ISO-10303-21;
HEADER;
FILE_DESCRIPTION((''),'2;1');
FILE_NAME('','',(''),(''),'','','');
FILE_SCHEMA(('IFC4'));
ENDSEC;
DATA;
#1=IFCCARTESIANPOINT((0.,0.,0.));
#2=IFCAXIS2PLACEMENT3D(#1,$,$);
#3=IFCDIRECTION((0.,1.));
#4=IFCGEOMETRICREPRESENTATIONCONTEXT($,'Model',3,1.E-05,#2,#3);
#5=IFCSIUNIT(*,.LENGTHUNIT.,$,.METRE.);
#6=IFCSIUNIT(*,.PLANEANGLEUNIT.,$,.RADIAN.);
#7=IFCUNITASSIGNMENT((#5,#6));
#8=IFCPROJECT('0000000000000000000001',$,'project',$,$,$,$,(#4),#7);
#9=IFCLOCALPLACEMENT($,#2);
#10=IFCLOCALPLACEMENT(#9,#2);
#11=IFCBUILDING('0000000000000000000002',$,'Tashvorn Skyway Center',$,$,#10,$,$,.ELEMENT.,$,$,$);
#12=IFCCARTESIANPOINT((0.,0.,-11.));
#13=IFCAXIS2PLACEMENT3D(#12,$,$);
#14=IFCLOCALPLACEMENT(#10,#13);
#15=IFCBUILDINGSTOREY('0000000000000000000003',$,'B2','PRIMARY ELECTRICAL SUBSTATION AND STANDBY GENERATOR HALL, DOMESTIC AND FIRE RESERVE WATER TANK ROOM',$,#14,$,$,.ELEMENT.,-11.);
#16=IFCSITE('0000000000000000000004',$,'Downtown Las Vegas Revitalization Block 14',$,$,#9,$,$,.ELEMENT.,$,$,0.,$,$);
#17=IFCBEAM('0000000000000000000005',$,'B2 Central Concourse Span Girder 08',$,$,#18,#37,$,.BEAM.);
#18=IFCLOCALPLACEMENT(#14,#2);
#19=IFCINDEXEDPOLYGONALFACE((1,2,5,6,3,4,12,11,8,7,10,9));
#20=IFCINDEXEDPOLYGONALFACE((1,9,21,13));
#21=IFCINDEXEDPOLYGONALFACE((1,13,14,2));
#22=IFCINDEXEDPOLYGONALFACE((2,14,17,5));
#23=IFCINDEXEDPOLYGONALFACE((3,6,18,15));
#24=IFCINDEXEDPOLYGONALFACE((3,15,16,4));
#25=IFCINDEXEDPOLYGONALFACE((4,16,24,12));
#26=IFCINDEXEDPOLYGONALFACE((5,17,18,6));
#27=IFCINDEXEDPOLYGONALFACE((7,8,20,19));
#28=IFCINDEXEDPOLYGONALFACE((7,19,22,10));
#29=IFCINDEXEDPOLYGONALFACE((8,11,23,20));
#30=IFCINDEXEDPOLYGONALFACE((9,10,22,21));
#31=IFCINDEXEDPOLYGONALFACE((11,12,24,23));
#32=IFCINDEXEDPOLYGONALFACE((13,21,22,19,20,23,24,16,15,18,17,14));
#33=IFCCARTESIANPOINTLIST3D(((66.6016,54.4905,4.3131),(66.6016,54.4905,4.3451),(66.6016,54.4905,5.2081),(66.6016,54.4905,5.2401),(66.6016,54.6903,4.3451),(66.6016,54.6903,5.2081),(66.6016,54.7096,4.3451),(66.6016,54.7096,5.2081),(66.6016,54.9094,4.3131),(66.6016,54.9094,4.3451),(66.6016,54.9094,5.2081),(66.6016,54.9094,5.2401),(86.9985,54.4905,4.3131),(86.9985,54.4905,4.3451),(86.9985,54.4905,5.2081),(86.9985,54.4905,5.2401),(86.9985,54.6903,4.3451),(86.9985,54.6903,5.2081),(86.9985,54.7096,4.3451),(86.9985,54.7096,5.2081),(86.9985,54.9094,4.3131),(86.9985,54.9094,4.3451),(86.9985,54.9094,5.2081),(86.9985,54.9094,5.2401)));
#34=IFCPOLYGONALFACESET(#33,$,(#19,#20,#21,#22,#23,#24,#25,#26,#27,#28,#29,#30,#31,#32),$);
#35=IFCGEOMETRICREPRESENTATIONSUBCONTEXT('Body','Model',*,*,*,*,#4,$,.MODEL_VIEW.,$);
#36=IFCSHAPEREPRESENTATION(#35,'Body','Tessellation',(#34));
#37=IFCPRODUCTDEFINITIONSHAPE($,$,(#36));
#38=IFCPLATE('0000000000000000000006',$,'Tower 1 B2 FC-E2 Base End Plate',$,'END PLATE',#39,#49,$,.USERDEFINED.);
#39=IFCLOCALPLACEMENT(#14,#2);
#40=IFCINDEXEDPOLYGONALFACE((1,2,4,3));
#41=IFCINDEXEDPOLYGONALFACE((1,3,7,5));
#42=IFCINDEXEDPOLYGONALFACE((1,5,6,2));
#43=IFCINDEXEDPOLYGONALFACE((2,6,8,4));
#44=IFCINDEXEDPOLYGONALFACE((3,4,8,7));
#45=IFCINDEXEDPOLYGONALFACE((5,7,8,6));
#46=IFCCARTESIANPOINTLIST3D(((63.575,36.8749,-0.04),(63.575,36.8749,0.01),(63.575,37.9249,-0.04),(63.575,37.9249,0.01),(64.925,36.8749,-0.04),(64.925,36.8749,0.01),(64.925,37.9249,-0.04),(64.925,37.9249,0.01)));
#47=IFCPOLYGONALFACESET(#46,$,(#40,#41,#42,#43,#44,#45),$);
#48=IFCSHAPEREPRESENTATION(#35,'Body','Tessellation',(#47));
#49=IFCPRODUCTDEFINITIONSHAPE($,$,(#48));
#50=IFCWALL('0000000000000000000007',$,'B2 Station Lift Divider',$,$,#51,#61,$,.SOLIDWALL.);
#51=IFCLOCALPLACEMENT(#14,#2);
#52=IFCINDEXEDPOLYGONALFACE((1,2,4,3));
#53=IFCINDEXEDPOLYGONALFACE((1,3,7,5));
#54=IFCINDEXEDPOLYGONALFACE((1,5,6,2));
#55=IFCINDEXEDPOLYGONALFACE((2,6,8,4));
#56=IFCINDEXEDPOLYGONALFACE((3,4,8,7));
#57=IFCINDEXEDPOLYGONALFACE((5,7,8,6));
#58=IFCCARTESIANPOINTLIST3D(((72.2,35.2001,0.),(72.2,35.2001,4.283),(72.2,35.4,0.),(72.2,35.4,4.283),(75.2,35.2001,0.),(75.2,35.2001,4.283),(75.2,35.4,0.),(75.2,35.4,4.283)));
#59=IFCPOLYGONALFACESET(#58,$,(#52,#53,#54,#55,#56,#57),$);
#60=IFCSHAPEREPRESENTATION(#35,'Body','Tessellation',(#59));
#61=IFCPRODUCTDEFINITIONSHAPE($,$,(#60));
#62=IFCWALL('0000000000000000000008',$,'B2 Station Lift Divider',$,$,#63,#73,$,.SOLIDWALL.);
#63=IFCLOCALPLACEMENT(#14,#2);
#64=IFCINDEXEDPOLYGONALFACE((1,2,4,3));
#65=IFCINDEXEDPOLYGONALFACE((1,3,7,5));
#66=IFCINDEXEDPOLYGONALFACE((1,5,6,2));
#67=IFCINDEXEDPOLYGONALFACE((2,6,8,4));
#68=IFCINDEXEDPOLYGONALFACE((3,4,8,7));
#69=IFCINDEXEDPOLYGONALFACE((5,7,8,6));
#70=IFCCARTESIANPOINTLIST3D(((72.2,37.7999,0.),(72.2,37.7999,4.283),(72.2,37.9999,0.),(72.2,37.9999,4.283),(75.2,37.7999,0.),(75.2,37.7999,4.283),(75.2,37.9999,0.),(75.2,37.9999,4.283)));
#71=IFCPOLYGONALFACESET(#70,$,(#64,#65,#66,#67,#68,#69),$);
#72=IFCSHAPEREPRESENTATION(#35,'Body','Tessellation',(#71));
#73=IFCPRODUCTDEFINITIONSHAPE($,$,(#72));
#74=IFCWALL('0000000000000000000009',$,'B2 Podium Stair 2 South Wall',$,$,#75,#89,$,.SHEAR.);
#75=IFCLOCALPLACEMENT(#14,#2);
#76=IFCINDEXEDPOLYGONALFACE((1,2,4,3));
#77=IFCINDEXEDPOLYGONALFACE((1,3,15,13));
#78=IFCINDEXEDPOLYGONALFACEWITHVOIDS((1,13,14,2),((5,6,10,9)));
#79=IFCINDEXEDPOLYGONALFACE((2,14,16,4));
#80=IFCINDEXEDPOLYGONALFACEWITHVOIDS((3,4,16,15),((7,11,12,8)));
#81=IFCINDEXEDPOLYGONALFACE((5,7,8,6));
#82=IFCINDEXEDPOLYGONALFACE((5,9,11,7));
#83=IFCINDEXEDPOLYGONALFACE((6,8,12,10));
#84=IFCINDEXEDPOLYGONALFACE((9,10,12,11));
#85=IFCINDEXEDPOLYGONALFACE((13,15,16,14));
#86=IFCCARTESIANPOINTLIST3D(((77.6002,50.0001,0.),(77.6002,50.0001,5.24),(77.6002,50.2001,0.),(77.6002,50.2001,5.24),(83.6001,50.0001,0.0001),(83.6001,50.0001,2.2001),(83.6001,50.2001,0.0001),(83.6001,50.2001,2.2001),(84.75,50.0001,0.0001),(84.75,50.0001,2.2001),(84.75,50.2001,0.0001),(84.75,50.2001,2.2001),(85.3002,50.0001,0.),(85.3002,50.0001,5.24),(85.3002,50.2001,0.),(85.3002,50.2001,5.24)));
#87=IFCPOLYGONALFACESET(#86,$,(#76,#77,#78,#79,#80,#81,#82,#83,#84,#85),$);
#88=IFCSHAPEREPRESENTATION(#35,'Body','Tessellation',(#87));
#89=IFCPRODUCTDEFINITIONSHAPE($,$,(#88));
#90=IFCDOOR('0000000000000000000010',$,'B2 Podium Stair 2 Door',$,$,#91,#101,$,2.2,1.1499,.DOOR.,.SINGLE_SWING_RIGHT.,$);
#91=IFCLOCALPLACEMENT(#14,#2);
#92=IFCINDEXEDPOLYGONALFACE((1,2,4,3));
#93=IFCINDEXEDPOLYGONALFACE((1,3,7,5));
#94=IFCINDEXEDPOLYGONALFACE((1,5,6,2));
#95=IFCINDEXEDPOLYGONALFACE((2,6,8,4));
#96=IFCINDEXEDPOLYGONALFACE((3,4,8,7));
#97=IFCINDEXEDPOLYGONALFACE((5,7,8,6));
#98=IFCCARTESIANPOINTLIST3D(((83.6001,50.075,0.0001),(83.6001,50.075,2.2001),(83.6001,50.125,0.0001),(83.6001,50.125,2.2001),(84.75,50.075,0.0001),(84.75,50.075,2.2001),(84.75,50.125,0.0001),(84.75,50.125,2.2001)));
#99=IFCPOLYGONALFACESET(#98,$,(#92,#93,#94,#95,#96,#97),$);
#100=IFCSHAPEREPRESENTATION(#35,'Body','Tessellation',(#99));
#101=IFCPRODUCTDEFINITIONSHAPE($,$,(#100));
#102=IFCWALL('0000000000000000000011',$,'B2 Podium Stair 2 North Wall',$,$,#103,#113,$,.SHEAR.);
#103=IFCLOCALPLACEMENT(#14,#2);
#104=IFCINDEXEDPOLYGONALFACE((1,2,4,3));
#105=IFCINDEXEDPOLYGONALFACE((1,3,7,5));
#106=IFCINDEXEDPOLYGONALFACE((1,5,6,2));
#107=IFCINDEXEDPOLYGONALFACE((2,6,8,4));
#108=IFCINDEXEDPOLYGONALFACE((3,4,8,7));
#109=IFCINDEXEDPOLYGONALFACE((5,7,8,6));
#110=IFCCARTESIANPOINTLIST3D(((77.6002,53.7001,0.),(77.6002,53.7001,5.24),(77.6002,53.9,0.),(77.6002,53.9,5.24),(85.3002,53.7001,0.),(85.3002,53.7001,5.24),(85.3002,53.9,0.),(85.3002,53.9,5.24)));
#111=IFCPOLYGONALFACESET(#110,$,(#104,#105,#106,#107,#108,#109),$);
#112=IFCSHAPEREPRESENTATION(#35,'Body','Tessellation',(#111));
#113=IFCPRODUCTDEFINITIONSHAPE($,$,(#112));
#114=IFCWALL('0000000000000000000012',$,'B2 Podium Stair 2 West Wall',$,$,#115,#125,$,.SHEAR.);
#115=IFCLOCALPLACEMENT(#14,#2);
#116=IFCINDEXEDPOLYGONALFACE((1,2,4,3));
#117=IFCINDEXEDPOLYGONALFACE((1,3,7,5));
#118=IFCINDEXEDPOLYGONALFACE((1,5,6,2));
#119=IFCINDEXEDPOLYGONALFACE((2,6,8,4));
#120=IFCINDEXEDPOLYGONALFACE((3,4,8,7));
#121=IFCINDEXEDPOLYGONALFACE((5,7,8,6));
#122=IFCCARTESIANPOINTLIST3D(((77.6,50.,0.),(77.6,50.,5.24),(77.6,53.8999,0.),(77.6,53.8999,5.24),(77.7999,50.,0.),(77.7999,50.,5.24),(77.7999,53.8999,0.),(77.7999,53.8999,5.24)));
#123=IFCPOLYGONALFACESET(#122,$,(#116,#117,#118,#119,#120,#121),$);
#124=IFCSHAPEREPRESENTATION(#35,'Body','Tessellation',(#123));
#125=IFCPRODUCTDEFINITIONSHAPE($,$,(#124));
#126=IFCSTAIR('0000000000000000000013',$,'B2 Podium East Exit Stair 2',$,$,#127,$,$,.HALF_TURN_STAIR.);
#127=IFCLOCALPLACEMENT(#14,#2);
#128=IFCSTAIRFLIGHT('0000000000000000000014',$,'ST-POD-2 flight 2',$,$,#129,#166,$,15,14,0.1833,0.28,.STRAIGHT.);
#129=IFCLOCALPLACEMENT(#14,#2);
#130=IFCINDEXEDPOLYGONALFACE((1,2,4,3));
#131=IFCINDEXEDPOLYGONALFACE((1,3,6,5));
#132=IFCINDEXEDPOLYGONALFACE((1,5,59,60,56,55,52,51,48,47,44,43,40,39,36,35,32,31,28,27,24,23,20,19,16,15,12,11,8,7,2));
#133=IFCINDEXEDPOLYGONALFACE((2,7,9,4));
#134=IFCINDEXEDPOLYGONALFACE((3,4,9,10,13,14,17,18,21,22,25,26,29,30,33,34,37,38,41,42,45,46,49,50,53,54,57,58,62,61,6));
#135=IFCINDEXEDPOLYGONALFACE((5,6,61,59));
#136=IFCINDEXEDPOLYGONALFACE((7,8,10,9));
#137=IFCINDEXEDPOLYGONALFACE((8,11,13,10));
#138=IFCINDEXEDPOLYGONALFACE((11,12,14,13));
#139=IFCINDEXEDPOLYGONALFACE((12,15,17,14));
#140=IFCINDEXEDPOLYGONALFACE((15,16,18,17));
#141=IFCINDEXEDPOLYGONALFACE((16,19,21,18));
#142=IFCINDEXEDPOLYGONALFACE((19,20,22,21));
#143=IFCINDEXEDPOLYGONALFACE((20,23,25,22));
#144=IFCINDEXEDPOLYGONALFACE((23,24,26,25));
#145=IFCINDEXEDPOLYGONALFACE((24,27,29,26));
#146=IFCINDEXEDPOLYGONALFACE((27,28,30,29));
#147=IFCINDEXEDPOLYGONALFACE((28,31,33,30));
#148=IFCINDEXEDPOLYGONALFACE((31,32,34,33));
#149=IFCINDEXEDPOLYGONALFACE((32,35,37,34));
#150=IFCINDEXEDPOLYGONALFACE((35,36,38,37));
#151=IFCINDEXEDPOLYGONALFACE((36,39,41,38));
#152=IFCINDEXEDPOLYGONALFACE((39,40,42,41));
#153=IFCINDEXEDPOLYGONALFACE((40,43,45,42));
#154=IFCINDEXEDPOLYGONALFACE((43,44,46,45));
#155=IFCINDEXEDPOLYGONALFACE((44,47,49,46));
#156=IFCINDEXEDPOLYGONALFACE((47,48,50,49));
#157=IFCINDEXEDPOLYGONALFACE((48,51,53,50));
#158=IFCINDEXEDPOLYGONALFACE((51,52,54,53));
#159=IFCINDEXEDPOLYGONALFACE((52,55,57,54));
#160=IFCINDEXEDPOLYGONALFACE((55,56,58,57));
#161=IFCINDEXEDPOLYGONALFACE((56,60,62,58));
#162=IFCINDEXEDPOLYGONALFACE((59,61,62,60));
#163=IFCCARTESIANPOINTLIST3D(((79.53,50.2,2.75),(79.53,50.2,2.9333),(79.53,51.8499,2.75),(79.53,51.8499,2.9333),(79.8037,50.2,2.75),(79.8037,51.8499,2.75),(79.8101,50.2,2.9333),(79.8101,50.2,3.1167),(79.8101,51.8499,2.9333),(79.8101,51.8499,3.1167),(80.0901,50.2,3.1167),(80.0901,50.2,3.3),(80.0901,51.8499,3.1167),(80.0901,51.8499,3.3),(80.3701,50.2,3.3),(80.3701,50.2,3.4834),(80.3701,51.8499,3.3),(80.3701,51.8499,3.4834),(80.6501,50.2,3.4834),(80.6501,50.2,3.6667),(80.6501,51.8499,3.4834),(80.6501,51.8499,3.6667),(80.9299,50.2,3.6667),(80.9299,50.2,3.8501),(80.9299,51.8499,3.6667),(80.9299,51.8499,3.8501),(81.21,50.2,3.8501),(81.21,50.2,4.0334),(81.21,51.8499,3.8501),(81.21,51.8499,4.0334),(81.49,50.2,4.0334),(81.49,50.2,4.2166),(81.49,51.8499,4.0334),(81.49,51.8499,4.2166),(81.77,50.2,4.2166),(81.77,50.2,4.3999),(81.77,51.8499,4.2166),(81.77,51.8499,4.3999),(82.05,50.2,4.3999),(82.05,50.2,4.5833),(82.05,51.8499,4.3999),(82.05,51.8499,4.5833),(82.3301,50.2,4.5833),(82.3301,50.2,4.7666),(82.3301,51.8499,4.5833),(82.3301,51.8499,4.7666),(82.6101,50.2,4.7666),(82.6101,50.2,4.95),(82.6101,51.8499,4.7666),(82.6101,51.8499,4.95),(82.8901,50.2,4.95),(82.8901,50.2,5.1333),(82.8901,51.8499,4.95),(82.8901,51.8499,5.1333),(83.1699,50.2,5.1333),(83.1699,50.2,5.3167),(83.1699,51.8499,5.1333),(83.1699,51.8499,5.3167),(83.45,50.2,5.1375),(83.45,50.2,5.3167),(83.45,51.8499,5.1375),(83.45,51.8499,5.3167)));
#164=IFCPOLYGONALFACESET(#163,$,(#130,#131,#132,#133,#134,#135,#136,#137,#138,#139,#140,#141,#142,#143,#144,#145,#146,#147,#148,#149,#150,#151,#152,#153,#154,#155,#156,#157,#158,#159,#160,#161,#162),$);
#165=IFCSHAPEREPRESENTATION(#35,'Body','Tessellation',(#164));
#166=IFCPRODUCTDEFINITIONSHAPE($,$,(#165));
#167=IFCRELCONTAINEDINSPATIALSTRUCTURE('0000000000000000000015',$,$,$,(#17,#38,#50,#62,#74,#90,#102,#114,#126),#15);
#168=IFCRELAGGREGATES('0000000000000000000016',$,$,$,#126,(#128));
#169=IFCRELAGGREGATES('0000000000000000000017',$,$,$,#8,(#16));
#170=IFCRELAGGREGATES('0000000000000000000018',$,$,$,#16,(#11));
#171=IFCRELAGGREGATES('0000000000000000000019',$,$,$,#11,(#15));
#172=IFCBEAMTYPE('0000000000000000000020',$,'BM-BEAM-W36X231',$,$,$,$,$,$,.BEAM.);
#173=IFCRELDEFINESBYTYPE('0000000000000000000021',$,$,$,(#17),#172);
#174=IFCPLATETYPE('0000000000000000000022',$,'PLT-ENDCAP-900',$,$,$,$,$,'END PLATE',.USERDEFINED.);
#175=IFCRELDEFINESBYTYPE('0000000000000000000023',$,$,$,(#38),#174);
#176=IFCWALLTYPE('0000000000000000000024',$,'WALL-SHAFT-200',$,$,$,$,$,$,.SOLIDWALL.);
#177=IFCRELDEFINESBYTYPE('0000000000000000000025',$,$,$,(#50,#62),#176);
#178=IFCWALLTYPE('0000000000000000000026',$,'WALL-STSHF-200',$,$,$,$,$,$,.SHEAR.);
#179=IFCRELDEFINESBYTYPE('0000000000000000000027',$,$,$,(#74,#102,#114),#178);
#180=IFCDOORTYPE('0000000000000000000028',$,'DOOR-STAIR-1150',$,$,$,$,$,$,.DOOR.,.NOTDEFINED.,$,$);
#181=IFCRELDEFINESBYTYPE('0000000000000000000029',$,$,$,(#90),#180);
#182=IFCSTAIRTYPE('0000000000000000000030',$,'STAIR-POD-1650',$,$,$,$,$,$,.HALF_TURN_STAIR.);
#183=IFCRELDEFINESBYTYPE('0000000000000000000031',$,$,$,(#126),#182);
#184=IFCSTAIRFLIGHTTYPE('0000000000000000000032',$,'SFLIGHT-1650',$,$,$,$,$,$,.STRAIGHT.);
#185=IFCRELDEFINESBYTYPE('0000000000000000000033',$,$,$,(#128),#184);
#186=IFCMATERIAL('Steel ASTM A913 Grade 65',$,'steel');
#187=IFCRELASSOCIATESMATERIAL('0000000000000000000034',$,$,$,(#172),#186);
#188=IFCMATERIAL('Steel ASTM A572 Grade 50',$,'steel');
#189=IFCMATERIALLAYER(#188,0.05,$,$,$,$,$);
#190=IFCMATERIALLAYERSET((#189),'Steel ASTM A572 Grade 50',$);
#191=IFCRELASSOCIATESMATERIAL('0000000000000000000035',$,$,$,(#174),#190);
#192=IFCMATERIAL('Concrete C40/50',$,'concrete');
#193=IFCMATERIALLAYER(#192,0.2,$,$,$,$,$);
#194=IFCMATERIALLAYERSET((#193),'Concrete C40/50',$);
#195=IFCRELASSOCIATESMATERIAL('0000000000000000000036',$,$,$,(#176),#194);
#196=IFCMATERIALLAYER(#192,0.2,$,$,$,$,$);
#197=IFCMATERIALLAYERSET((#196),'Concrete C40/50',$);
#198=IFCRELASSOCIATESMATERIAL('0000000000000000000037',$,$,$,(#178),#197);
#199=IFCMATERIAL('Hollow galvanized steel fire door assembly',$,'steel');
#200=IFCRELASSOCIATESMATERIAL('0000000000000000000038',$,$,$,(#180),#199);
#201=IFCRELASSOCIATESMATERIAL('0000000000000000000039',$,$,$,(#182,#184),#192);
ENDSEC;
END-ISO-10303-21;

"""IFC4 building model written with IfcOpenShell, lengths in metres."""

from ifc_helpers import new_model, si_unit, direction, frame, frame_2d, origin, origin_2d, place, context, subcontext, project, spatial, polyline, rectangle, i_section, outline, extrude, material, layer, layer_set, material_profile, profile_set, type_object, element, fill, aggregate, save


model = new_model("IFC4")

# Units and contexts
model_context = context("Model", 3, precision=1e-05, world=origin(), true_north=direction((0.0, 1.0)))
body_context = subcontext(model_context, "Body", "Model", "MODEL_VIEW")
ifc_project = project(units=[si_unit("LENGTHUNIT", "METRE"), si_unit("PLANEANGLEUNIT", "RADIAN")], contexts=[model_context])

# Site, building, storey
site_placement = place(None, origin())
site = spatial("IfcSite", under=ifc_project, at=site_placement, Name="Downtown Las Vegas Revitalization Block 14", CompositionType="ELEMENT", RefElevation=0.0)
building_placement = place(site_placement, origin())
building = spatial("IfcBuilding", under=site, at=building_placement, Name="Tashvorn Skyway Center", CompositionType="ELEMENT")
storey_placement = place(building_placement, frame((0.0, 0.0, -11.0)))
storey = spatial("IfcBuildingStorey", under=building, at=storey_placement, Name="B2", Description="PRIMARY ELECTRICAL SUBSTATION AND STANDBY GENERATOR HALL, DOMESTIC AND FIRE RESERVE WATER TANK ROOM", CompositionType="ELEMENT", Elevation=-11.0)

# Shared definitions
ifc_material_1 = material(Name="Steel ASTM A572 Grade 50", Category="steel")

# Beam
ifc_material_2 = material(Name="Steel ASTM A913 Grade 65", Category="steel")
ifc_material_profile_1 = material_profile(ifc_material_2, i_section(OverallWidth=0.4189, OverallDepth=0.927, WebThickness=0.0193, FlangeThickness=0.032, at=origin_2d()), Name="W36X231")
ifc_profile_set_1 = profile_set([ifc_material_profile_1], Name="Steel ASTM A913 Grade 65")
beam_type_1 = type_object("IfcBeamType", Name="BM-BEAM-W36X231", PredefinedType="BEAM", material=ifc_profile_set_1)
for number, where, z_axis, x_axis, name in (
    (1, (66.6016, 54.7, 4.7766), (1.0, 0.0, 0.0), (0.0, 1.0, 0.0), "B2 Central Concourse Span Girder 08"),
):
    element("IfcBeam", number, at=place(storey_placement, frame(where, z_axis=z_axis, x_axis=x_axis)), inside=storey, type_object=beam_type_1, Name=name, PredefinedType="BEAM", context=body_context, shape_type="SweptSolid", body=[
        extrude(i_section(OverallWidth=0.4189, OverallDepth=0.927, WebThickness=0.0193, FlangeThickness=0.032, at=origin_2d()), origin(), (0.0, 0.0, 1.0), 20.397),
    ])

# Plate
ifc_layer_1 = layer(ifc_material_1, 0.05)
ifc_layer_set_1 = layer_set([ifc_layer_1], Name="Steel ASTM A572 Grade 50")
plate_type = type_object("IfcPlateType", Name="PLT-ENDCAP-900", ElementType="END PLATE", PredefinedType="USERDEFINED", material=ifc_layer_set_1)
plate_placement = place(storey_placement, frame((64.25, 37.3999, -0.04), z_axis=(0.0, 0.0, 1.0), x_axis=(1.0, 0.0, 0.0)))
element("IfcPlate", 2, at=plate_placement, inside=storey, type_object=plate_type, Name="Tower 1 B2 FC-E2 Base End Plate", ObjectType="END PLATE", PredefinedType="USERDEFINED", context=body_context, shape_type="SweptSolid", body=[
    extrude(rectangle(XDim=1.3501, YDim=1.05, at=origin_2d()), origin(), (0.0, 0.0, 1.0), 0.05),
])

# Walls
ifc_material_3 = material(Name="Concrete C40/50", Category="concrete")
ifc_layer_2 = layer(ifc_material_3, 0.2)
ifc_layer_set_2 = layer_set([ifc_layer_2], Name="Concrete C40/50")
wall_type_1 = type_object("IfcWallType", Name="WALL-SHAFT-200", PredefinedType="SOLIDWALL", material=ifc_layer_set_2)
for number, where, z_axis, x_axis, name in (
    (3, (72.2, 35.3, 0.0), (0.0, 0.0, 1.0), (1.0, 0.0, 0.0), "B2 Station Lift Divider"),
    (4, (72.2, 37.8999, 0.0), (0.0, 0.0, 1.0), (1.0, 0.0, 0.0), "B2 Station Lift Divider"),
):
    element("IfcWall", number, at=place(storey_placement, frame(where, z_axis=z_axis, x_axis=x_axis)), inside=storey, type_object=wall_type_1, Name=name, PredefinedType="SOLIDWALL", context=body_context, shape_type="SweptSolid", body=[
        extrude(rectangle(XDim=3.0, YDim=0.2, at=frame_2d((1.5, 0.0))), origin(), (0.0, 0.0, 1.0), 4.283),
    ])

# Wall, opening, door
ifc_layer_3 = layer(ifc_material_3, 0.2)
ifc_layer_set_3 = layer_set([ifc_layer_3], Name="Concrete C40/50")
wall_type_2 = type_object("IfcWallType", Name="WALL-STSHF-200", PredefinedType="SHEAR", material=ifc_layer_set_3)
wall_1_placement = place(storey_placement, frame((77.6001, 50.1001, 0.0), z_axis=(0.0, 0.0, 1.0), x_axis=(1.0, 0.0, 0.0)))
wall_1 = element("IfcWall", 5, at=wall_1_placement, inside=storey, type_object=wall_type_2, Name="B2 Podium Stair 2 South Wall", PredefinedType="SHEAR", context=body_context, shape_type="SweptSolid", body=[
    extrude(rectangle(XDim=7.7, YDim=0.2, at=frame_2d((3.8501, 0.0))), origin(), (0.0, 0.0, 1.0), 5.24),
])
opening_placement = place(wall_1_placement, frame((6.0, 0.0, 0.0)))
opening = element("IfcOpeningElement", 6, at=opening_placement, cuts=wall_1, PredefinedType="OPENING", context=body_context, shape_type="SweptSolid", body=[
    extrude(rectangle(XDim=1.1499, YDim=2.2, at=frame_2d((0.575, 1.1001))), frame((0.0, 0.1099, 0.0), z_axis=(0.0, -1.0, 0.0), x_axis=(1.0, 0.0, 0.0)), (0.0, 0.0, 1.0), 0.22),
])
ifc_material_4 = material(Name="Hollow galvanized steel fire door assembly", Category="steel")
door_type = type_object("IfcDoorType", Name="DOOR-STAIR-1150", OperationType="NOTDEFINED", PredefinedType="DOOR", material=ifc_material_4)
door_placement = place(opening_placement, origin())
door = element("IfcDoor", 7, at=door_placement, inside=storey, type_object=door_type, Name="B2 Podium Stair 2 Door", OperationType="SINGLE_SWING_RIGHT", OverallHeight=2.2, OverallWidth=1.1499, PredefinedType="DOOR", context=body_context, shape_type="SweptSolid", body=[
    extrude(rectangle(XDim=1.1499, YDim=2.2, at=frame_2d((0.575, 1.1001))), frame((0.0, 0.0249, 0.0), z_axis=(0.0, -1.0, 0.0), x_axis=(1.0, 0.0, 0.0)), (0.0, 0.0, 1.0), 0.05),
])
fill(opening, door)

# Walls
wall_2_placement = place(storey_placement, frame((77.6001, 53.8, 0.0), z_axis=(0.0, 0.0, 1.0), x_axis=(1.0, 0.0, 0.0)))
element("IfcWall", 8, at=wall_2_placement, inside=storey, type_object=wall_type_2, Name="B2 Podium Stair 2 North Wall", PredefinedType="SHEAR", context=body_context, shape_type="SweptSolid", body=[
    extrude(rectangle(XDim=7.7, YDim=0.2, at=frame_2d((3.8501, 0.0))), origin(), (0.0, 0.0, 1.0), 5.24),
])
wall_3_placement = place(storey_placement, frame((77.7, 50.0, 0.0), z_axis=(0.0, 0.0, 1.0), x_axis=(0.0, 1.0, 0.0)))
element("IfcWall", 9, at=wall_3_placement, inside=storey, type_object=wall_type_2, Name="B2 Podium Stair 2 West Wall", PredefinedType="SHEAR", context=body_context, shape_type="SweptSolid", body=[
    extrude(rectangle(XDim=3.8999, YDim=0.2, at=frame_2d((1.95, 0.0))), origin(), (0.0, 0.0, 1.0), 5.24),
])

# Stair, stair flight
stair_type = type_object("IfcStairType", Name="STAIR-POD-1650", PredefinedType="HALF_TURN_STAIR", material=ifc_material_3)
stair_placement = place(storey_placement, origin())
stair = element("IfcStair", 10, at=stair_placement, inside=storey, type_object=stair_type, Name="B2 Podium East Exit Stair 2", PredefinedType="HALF_TURN_STAIR")
stair_flight_type = type_object("IfcStairFlightType", Name="SFLIGHT-1650", PredefinedType="STRAIGHT", material=ifc_material_3)
stair_flight_placement = place(storey_placement, frame((79.53, 51.0249, 2.75), z_axis=(0.0, 0.0, 1.0), x_axis=(1.0, 0.0, 0.0)))
stair_flight = element("IfcStairFlight", 11, at=stair_flight_placement, type_object=stair_flight_type, Name="ST-POD-2 flight 2", NumberOfRisers=15, NumberOfTreads=14, PredefinedType="STRAIGHT", RiserHeight=0.1833, TreadLength=0.28, context=body_context, shape_type="SweptSolid", body=[
    extrude(outline(polyline([(0.0, 0.0), (0.0, 0.1833), (0.28, 0.1833), (0.28, 0.3667), (0.5601, 0.3667), (0.5601, 0.55), (0.8401, 0.55), (0.8401, 0.7334), (1.1201, 0.7334), (1.1201, 0.9167), (1.3999, 0.9167), (1.3999, 1.1001), (1.6799, 1.1001), (1.6799, 1.2834), (1.96, 1.2834), (1.96, 1.4666), (2.24, 1.4666), (2.24, 1.6499), (2.52, 1.6499), (2.52, 1.8333), (2.8, 1.8333), (2.8, 2.0166), (3.0801, 2.0166), (3.0801, 2.2), (3.3601, 2.2), (3.3601, 2.3833), (3.6399, 2.3833), (3.6399, 2.5667), (3.9199, 2.5667), (3.9199, 2.75), (3.9199, 2.3875), (0.2737, 0.0), (0.0, 0.0)])), frame((0.0, 0.825, 0.0), z_axis=(0.0, -1.0, 0.0), x_axis=(1.0, 0.0, 0.0)), (0.0, 0.0, 1.0), 1.6499),
])
aggregate(stair, [stair_flight])

save(model, "model.ifc")
